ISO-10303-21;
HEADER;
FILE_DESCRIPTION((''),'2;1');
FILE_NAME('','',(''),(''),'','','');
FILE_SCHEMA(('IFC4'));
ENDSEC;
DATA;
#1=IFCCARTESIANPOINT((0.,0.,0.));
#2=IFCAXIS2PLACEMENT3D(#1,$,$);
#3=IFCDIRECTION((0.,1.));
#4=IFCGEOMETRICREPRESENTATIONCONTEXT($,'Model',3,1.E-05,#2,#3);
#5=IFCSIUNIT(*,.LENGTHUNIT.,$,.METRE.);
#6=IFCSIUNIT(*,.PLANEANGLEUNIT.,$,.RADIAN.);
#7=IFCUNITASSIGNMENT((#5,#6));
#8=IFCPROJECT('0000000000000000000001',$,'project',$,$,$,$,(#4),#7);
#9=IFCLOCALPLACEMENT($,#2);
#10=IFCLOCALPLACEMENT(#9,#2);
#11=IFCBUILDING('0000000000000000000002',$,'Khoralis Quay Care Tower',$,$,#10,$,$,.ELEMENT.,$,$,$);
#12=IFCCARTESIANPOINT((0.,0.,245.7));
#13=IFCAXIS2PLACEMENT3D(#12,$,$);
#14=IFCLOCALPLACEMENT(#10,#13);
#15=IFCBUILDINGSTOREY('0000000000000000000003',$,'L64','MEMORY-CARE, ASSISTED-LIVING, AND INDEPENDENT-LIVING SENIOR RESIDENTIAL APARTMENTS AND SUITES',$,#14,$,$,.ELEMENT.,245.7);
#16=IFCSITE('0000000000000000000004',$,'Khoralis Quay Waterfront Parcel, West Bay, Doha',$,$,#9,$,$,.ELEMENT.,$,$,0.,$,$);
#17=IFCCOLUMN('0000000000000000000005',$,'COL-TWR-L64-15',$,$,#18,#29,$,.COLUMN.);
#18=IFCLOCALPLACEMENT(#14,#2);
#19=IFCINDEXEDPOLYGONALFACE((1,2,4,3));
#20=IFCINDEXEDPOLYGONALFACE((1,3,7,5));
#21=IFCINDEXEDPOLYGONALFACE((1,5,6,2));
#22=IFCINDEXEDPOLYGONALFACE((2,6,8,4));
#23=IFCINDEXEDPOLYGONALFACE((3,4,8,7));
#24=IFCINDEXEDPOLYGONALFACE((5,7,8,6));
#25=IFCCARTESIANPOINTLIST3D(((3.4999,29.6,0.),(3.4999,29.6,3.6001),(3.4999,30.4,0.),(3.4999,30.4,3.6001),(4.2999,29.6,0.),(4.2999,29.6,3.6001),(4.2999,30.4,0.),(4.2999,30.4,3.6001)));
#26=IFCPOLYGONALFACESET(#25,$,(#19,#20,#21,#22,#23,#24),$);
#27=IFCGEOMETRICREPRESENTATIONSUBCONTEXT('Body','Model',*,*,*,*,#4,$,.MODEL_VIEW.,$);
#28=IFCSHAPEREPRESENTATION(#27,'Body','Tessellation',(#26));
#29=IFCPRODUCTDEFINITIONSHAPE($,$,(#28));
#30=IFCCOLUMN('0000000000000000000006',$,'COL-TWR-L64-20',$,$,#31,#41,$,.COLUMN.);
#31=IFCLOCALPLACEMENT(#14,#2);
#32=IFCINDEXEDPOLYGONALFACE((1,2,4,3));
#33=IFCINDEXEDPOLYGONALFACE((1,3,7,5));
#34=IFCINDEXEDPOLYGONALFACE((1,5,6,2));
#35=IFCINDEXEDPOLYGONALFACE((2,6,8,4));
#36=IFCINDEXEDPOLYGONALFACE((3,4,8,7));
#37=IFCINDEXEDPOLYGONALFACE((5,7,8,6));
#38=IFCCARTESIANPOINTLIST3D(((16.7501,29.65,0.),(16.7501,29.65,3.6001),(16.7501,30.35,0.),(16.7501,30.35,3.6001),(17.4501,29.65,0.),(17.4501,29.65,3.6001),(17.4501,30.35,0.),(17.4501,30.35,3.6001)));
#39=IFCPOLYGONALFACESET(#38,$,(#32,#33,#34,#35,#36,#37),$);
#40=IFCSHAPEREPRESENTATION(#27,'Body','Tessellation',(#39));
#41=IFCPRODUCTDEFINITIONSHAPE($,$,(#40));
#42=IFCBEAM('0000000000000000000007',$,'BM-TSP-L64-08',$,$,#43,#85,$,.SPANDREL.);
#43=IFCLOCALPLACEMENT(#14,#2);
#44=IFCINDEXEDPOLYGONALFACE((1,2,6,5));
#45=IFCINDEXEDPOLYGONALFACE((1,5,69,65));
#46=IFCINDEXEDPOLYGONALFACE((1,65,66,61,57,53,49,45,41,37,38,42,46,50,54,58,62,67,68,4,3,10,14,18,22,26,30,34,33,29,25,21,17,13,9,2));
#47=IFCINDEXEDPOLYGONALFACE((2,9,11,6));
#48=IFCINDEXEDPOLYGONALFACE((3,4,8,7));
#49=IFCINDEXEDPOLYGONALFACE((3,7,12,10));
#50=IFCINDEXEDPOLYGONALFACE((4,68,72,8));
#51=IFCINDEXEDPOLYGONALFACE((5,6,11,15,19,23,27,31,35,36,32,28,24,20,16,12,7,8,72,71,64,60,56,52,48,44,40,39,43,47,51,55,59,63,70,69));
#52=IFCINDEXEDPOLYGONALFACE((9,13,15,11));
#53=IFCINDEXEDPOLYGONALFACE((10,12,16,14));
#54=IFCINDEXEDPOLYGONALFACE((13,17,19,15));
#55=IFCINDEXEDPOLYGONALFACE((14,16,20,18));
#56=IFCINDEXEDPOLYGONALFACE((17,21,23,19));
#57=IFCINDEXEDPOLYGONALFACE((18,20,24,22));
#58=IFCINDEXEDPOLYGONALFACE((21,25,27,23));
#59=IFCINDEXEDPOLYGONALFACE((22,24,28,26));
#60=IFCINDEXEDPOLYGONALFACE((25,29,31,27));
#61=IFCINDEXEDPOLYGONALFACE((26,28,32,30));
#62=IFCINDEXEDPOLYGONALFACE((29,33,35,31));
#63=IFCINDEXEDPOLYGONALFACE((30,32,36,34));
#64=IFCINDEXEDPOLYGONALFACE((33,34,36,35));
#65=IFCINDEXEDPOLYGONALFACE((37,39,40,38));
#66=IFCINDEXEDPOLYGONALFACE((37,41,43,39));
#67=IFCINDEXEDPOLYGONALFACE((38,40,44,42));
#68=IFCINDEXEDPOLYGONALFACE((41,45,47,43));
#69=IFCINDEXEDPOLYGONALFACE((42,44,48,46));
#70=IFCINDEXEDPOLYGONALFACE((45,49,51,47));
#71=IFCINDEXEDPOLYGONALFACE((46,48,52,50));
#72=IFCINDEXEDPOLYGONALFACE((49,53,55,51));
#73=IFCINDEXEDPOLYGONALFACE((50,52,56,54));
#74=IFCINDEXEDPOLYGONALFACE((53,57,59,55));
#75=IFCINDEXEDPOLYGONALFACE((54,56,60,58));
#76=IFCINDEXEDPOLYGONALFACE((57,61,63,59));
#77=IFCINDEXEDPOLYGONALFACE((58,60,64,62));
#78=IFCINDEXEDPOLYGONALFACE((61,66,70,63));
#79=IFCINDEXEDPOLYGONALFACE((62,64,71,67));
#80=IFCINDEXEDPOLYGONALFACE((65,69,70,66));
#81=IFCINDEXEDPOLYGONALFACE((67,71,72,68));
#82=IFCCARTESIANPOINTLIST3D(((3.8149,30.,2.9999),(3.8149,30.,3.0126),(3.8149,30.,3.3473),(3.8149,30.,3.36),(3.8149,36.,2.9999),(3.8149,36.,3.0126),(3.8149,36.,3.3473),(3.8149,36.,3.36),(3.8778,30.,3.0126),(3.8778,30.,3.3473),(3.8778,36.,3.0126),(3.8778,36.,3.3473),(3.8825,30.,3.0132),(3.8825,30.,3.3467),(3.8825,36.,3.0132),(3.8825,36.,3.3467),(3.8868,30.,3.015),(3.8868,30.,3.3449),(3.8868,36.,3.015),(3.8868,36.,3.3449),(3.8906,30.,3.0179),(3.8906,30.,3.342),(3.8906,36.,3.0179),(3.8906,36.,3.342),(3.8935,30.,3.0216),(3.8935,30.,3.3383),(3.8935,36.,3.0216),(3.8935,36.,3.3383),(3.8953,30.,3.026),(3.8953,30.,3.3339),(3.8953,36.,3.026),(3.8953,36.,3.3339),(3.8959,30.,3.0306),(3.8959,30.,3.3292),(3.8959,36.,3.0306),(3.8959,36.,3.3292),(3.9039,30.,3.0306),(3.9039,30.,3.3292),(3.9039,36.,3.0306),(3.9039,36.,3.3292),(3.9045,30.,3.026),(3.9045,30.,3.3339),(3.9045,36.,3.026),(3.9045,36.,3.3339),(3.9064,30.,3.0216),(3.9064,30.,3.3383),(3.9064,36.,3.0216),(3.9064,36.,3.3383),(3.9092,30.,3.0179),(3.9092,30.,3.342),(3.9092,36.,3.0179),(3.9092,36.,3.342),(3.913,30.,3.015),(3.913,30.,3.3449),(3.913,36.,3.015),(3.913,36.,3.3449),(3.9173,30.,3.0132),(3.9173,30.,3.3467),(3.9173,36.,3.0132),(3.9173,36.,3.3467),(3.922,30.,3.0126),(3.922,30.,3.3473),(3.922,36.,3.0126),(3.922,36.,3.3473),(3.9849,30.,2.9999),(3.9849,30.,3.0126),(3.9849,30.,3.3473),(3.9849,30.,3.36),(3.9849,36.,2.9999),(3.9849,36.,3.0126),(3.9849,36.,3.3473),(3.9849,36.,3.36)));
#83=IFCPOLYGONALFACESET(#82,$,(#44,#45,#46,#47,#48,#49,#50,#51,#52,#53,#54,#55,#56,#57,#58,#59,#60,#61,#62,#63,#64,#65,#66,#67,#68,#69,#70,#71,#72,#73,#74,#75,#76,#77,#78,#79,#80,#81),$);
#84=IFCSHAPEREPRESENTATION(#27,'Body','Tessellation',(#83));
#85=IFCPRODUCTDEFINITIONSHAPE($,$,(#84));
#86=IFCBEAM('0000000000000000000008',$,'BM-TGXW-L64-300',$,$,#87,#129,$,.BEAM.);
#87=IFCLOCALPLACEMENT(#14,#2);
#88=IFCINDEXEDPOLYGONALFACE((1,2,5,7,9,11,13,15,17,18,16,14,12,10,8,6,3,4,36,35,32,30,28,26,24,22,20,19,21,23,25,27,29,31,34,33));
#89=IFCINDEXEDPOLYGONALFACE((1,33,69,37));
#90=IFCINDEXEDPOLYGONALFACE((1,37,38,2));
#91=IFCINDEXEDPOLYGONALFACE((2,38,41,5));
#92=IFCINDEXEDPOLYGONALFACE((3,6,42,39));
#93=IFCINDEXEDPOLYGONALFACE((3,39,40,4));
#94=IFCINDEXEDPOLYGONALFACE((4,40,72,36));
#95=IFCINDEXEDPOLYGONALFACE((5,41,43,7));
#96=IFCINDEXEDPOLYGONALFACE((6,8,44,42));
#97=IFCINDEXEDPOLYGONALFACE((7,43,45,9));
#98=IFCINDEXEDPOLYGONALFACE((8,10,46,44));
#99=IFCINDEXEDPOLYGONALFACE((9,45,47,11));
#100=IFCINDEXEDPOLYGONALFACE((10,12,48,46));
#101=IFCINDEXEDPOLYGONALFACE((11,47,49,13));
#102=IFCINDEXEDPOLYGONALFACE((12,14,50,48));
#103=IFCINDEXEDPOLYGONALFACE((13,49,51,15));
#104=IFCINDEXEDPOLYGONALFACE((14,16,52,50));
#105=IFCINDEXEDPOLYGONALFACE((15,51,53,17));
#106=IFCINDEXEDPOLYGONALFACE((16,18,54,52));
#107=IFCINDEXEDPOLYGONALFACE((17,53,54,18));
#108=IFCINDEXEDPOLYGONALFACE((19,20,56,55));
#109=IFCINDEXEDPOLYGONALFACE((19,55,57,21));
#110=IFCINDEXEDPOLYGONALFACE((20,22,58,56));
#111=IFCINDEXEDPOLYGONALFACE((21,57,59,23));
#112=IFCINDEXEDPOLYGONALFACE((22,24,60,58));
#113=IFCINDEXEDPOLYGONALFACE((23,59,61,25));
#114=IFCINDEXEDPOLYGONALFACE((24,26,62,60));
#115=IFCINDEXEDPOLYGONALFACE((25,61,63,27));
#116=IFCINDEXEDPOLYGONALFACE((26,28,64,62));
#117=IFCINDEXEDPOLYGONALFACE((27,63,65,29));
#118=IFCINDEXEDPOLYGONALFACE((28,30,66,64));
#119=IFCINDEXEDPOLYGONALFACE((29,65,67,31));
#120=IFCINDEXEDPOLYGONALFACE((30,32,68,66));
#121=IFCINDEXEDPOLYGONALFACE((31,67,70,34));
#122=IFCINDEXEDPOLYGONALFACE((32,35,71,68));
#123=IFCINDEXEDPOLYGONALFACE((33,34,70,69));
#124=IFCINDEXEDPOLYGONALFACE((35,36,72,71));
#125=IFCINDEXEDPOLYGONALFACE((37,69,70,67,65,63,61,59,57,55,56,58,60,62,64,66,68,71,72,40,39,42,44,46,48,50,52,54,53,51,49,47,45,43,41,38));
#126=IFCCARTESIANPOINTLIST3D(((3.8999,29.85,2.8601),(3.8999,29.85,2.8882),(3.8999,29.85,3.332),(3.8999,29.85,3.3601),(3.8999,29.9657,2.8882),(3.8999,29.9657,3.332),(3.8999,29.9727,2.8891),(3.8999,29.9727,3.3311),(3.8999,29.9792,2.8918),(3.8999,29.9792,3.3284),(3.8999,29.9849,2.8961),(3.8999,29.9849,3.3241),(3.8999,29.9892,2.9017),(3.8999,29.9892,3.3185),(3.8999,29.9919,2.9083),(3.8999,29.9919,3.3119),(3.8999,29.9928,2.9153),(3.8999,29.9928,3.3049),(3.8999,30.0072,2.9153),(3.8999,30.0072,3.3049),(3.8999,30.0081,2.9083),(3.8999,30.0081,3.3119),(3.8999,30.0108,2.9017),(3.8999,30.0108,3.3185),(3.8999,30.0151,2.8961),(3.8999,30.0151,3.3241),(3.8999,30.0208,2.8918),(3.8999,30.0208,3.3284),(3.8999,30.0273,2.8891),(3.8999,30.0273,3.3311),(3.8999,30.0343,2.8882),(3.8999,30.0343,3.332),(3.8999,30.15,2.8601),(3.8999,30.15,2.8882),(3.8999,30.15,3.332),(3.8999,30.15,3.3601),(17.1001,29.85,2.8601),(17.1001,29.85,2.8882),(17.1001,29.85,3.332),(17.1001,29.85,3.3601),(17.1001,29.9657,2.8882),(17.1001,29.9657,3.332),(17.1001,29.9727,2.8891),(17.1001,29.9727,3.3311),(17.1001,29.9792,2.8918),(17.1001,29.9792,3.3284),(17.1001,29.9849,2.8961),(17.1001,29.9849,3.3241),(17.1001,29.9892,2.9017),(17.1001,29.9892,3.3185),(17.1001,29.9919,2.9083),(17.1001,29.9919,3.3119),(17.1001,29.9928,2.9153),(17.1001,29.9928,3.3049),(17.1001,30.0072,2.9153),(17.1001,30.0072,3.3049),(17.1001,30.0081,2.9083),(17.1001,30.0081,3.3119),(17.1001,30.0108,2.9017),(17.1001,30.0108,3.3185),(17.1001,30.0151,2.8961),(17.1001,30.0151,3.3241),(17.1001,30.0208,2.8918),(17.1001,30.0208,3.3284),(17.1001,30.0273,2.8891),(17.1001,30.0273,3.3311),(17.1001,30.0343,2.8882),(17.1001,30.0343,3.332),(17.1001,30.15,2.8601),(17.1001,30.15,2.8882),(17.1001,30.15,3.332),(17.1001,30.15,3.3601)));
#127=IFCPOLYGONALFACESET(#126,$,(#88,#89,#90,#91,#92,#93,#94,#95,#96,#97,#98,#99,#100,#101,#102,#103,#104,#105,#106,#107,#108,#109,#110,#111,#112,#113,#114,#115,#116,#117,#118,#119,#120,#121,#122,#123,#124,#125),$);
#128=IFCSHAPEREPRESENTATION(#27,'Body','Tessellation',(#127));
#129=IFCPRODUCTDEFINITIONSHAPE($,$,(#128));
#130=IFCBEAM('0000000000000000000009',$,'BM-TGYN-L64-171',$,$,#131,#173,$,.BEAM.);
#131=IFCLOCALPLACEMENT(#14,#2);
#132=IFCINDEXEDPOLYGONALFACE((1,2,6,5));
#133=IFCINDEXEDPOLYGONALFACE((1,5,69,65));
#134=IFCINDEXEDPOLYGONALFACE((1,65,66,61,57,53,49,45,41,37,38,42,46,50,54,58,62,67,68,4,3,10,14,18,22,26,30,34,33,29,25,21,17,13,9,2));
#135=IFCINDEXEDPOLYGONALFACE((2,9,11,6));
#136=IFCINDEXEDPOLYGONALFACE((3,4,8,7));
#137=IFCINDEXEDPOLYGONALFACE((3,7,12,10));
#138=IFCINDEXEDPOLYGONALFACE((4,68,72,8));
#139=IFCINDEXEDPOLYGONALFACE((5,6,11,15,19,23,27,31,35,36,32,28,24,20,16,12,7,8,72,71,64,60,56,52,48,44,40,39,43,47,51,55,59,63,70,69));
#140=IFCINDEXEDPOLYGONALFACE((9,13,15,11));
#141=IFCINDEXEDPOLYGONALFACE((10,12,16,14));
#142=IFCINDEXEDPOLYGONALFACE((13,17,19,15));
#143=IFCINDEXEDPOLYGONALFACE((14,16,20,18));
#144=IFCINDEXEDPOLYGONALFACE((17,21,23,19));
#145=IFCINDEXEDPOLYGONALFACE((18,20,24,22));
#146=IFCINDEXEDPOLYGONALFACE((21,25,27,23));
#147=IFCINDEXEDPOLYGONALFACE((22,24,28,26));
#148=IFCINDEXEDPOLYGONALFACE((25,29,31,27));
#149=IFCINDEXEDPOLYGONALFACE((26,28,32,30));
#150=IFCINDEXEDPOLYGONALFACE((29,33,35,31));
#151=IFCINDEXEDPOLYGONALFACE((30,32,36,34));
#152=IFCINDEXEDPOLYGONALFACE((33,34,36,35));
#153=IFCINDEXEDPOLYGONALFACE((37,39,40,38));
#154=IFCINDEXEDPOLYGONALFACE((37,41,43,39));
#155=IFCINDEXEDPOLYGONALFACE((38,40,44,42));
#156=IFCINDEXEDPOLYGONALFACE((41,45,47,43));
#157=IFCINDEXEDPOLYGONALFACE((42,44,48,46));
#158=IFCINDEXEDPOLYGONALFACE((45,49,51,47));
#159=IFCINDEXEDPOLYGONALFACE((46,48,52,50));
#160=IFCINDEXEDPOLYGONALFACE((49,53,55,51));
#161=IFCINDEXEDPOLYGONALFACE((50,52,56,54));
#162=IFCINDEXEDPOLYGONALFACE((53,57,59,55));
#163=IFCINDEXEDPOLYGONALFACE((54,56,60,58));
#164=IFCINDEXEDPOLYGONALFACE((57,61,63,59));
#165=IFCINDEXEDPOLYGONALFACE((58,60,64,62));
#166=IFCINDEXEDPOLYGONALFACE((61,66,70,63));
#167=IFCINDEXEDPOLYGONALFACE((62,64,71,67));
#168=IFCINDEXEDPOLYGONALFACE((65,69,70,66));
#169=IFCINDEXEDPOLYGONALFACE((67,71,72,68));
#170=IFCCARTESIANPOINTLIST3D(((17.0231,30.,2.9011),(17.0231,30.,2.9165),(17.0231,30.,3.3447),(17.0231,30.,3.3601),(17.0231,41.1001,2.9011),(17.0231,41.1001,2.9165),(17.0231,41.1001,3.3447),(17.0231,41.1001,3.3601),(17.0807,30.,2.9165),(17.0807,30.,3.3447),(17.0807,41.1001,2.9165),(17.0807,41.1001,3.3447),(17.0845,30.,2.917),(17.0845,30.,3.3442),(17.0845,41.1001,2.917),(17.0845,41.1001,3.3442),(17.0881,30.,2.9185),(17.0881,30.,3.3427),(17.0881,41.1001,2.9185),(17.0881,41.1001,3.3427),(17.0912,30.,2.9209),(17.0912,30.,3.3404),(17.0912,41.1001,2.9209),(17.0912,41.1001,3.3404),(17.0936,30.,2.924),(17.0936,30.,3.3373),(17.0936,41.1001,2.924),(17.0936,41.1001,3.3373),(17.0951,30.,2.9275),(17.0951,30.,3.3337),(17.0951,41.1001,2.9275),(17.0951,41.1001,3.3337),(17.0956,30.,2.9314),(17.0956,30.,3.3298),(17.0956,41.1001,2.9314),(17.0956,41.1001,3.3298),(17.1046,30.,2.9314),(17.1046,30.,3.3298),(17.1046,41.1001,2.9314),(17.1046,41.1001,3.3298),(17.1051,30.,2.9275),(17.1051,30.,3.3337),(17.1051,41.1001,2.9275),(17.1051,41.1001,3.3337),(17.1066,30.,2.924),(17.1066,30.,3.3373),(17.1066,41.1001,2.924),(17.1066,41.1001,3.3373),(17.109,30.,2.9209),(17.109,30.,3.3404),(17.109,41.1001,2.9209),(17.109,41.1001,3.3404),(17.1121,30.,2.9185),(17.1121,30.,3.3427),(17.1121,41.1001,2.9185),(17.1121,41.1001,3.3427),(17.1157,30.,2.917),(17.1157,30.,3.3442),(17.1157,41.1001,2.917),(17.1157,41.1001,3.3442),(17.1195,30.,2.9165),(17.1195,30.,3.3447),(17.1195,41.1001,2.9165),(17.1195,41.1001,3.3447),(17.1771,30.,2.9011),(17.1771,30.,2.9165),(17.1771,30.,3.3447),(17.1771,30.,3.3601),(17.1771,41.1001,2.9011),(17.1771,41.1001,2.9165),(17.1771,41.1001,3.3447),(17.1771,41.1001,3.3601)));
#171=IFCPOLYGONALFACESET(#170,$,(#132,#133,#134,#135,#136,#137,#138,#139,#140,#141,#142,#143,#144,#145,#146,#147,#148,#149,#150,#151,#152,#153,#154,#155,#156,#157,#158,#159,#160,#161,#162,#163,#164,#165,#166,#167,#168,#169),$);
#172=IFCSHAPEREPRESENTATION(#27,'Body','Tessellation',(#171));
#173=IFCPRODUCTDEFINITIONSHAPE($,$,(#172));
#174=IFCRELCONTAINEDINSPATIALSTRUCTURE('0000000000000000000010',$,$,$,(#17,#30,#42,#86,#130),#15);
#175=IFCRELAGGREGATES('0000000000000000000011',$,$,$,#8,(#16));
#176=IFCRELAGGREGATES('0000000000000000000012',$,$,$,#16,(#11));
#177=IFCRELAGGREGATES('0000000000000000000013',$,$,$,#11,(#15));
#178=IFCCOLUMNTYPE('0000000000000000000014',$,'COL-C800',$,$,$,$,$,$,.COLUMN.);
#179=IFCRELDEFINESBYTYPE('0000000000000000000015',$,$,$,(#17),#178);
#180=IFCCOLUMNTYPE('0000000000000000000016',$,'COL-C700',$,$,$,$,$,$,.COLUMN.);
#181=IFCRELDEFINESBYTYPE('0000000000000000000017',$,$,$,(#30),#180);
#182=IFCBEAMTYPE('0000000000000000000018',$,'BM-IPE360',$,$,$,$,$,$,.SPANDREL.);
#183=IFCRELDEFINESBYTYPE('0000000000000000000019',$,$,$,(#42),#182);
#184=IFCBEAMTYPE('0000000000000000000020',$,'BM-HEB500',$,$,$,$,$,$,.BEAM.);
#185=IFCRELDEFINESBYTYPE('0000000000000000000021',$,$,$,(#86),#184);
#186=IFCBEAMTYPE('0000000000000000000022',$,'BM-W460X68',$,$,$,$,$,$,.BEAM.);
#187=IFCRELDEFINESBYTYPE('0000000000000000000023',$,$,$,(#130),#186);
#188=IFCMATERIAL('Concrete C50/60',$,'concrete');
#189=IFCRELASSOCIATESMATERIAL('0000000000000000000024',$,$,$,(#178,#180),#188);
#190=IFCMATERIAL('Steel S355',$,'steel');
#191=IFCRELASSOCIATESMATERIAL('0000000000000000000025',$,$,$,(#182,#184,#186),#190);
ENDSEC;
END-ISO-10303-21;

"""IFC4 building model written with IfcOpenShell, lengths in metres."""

from ifc_helpers import new_model, si_unit, direction, frame, origin, origin_2d, place, context, subcontext, project, spatial, rectangle, i_section, extrude, source, transform, mapped, material, material_profile, profile_set, type_object, element, save


model = new_model("IFC4")

# Units and contexts
model_context = context("Model", 3, precision=1e-05, world=origin(), true_north=direction((0.0, 1.0)))
body_context = subcontext(model_context, "Body", "Model", "MODEL_VIEW")
ifc_project = project(units=[si_unit("LENGTHUNIT", "METRE"), si_unit("PLANEANGLEUNIT", "RADIAN")], contexts=[model_context])

# Site, building, storey
site_placement = place(None, origin())
site = spatial("IfcSite", under=ifc_project, at=site_placement, Name="Khoralis Quay Waterfront Parcel, West Bay, Doha", CompositionType="ELEMENT", RefElevation=0.0)
building_placement = place(site_placement, origin())
building = spatial("IfcBuilding", under=site, at=building_placement, Name="Khoralis Quay Care Tower", CompositionType="ELEMENT")
storey_placement = place(building_placement, frame((0.0, 0.0, 245.7)))
storey = spatial("IfcBuildingStorey", under=building, at=storey_placement, Name="L64", Description="MEMORY-CARE, ASSISTED-LIVING, AND INDEPENDENT-LIVING SENIOR RESIDENTIAL APARTMENTS AND SUITES", CompositionType="ELEMENT", Elevation=245.7)

# Columns
ifc_material_1 = material(Name="Concrete C50/60", Category="concrete")
ifc_material_profile_1 = material_profile(ifc_material_1, rectangle(XDim=0.8, YDim=0.8, at=origin_2d()), Name="Concrete C50/60")
ifc_profile_set_1 = profile_set([ifc_material_profile_1], Name="Concrete C50/60")
column_type_1 = type_object("IfcColumnType", Name="COL-C800", PredefinedType="COLUMN", material=ifc_profile_set_1)
shared_shape_1 = source(origin(), body_context, "Body", "SweptSolid", [
    extrude(rectangle(XDim=0.8, YDim=0.8, at=origin_2d()), origin(), (0.0, 0.0, 1.0), 3.6001),
])
column_1_placement = place(storey_placement, frame((3.8999, 30.0, 0.0), z_axis=(0.0, 0.0, 1.0), x_axis=(1.0, 0.0, 0.0)))
element("IfcColumn", 1, at=column_1_placement, inside=storey, type_object=column_type_1, Name="COL-TWR-L64-15", PredefinedType="COLUMN", context=body_context, shape_type="MappedRepresentation", body=[
    mapped(shared_shape_1, transform((0.0, 0.0, 0.0), scale=1.0)),
])
ifc_material_profile_2 = material_profile(ifc_material_1, rectangle(XDim=0.7, YDim=0.7, at=origin_2d()), Name="Concrete C50/60")
ifc_profile_set_2 = profile_set([ifc_material_profile_2], Name="Concrete C50/60")
column_type_2 = type_object("IfcColumnType", Name="COL-C700", PredefinedType="COLUMN", material=ifc_profile_set_2)
shared_shape_2 = source(origin(), body_context, "Body", "SweptSolid", [
    extrude(rectangle(XDim=0.7, YDim=0.7, at=origin_2d()), origin(), (0.0, 0.0, 1.0), 3.6001),
])
column_2_placement = place(storey_placement, frame((17.1001, 30.0, 0.0), z_axis=(0.0, 0.0, 1.0), x_axis=(1.0, 0.0, 0.0)))
element("IfcColumn", 2, at=column_2_placement, inside=storey, type_object=column_type_2, Name="COL-TWR-L64-20", PredefinedType="COLUMN", context=body_context, shape_type="MappedRepresentation", body=[
    mapped(shared_shape_2, transform((0.0, 0.0, 0.0), scale=1.0)),
])

# Beams
ifc_material_2 = material(Name="Steel S355", Category="steel")
ifc_material_profile_3 = material_profile(ifc_material_2, i_section(OverallWidth=0.1699, OverallDepth=0.3601, WebThickness=0.0081, FlangeThickness=0.0127, FilletRadius=0.0181, at=origin_2d()), Name="Steel S355")
ifc_profile_set_3 = profile_set([ifc_material_profile_3], Name="Steel S355")
beam_type_1 = type_object("IfcBeamType", Name="BM-IPE360", PredefinedType="SPANDREL", material=ifc_profile_set_3)
shared_shape_3 = source(origin(), body_context, "Body", "SweptSolid", [
    extrude(i_section(OverallWidth=0.1699, OverallDepth=0.3601, WebThickness=0.0081, FlangeThickness=0.0127, FilletRadius=0.0181, at=origin_2d()), origin(), (0.0, 0.0, 1.0), 6.0),
])
beam_1_placement = place(storey_placement, frame((3.8999, 30.0, 3.1799), z_axis=(0.0, 1.0, 0.0), x_axis=(-1.0, 0.0, 0.0)))
element("IfcBeam", 3, at=beam_1_placement, inside=storey, type_object=beam_type_1, Name="BM-TSP-L64-08", PredefinedType="SPANDREL", context=body_context, shape_type="MappedRepresentation", body=[
    mapped(shared_shape_3, transform((0.0, 0.0, 0.0), scale=1.0)),
])
ifc_material_profile_4 = material_profile(ifc_material_2, i_section(OverallWidth=0.3, OverallDepth=0.5, WebThickness=0.0144, FlangeThickness=0.0281, FilletRadius=0.0271, at=origin_2d()), Name="Steel S355")
ifc_profile_set_4 = profile_set([ifc_material_profile_4], Name="Steel S355")
beam_type_2 = type_object("IfcBeamType", Name="BM-HEB500", PredefinedType="BEAM", material=ifc_profile_set_4)
shared_shape_4 = source(origin(), body_context, "Body", "SweptSolid", [
    extrude(i_section(OverallWidth=0.3, OverallDepth=0.5, WebThickness=0.0144, FlangeThickness=0.0281, FilletRadius=0.0271, at=origin_2d()), origin(), (0.0, 0.0, 1.0), 13.2002),
])
beam_2_placement = place(storey_placement, frame((3.8999, 30.0, 3.1101), z_axis=(1.0, 0.0, 0.0), x_axis=(0.0, 1.0, 0.0)))
element("IfcBeam", 4, at=beam_2_placement, inside=storey, type_object=beam_type_2, Name="BM-TGXW-L64-300", PredefinedType="BEAM", context=body_context, shape_type="MappedRepresentation", body=[
    mapped(shared_shape_4, transform((0.0, 0.0, 0.0), scale=1.0)),
])
ifc_material_profile_5 = material_profile(ifc_material_2, i_section(OverallWidth=0.1541, OverallDepth=0.459, WebThickness=0.009, FlangeThickness=0.0154, FilletRadius=0.0149, at=origin_2d()), Name="Steel S355")
ifc_profile_set_5 = profile_set([ifc_material_profile_5], Name="Steel S355")
beam_type_3 = type_object("IfcBeamType", Name="BM-W460X68", PredefinedType="BEAM", material=ifc_profile_set_5)
shared_shape_5 = source(origin(), body_context, "Body", "SweptSolid", [
    extrude(i_section(OverallWidth=0.1541, OverallDepth=0.459, WebThickness=0.009, FlangeThickness=0.0154, FilletRadius=0.0149, at=origin_2d()), origin(), (0.0, 0.0, 1.0), 11.1001),
])
beam_3_placement = place(storey_placement, frame((17.1001, 30.0, 3.1306), z_axis=(0.0, 1.0, 0.0), x_axis=(-1.0, 0.0, 0.0)))
element("IfcBeam", 5, at=beam_3_placement, inside=storey, type_object=beam_type_3, Name="BM-TGYN-L64-171", PredefinedType="BEAM", context=body_context, shape_type="MappedRepresentation", body=[
    mapped(shared_shape_5, transform((0.0, 0.0, 0.0), scale=1.0)),
])

save(model, "model.ifc")
